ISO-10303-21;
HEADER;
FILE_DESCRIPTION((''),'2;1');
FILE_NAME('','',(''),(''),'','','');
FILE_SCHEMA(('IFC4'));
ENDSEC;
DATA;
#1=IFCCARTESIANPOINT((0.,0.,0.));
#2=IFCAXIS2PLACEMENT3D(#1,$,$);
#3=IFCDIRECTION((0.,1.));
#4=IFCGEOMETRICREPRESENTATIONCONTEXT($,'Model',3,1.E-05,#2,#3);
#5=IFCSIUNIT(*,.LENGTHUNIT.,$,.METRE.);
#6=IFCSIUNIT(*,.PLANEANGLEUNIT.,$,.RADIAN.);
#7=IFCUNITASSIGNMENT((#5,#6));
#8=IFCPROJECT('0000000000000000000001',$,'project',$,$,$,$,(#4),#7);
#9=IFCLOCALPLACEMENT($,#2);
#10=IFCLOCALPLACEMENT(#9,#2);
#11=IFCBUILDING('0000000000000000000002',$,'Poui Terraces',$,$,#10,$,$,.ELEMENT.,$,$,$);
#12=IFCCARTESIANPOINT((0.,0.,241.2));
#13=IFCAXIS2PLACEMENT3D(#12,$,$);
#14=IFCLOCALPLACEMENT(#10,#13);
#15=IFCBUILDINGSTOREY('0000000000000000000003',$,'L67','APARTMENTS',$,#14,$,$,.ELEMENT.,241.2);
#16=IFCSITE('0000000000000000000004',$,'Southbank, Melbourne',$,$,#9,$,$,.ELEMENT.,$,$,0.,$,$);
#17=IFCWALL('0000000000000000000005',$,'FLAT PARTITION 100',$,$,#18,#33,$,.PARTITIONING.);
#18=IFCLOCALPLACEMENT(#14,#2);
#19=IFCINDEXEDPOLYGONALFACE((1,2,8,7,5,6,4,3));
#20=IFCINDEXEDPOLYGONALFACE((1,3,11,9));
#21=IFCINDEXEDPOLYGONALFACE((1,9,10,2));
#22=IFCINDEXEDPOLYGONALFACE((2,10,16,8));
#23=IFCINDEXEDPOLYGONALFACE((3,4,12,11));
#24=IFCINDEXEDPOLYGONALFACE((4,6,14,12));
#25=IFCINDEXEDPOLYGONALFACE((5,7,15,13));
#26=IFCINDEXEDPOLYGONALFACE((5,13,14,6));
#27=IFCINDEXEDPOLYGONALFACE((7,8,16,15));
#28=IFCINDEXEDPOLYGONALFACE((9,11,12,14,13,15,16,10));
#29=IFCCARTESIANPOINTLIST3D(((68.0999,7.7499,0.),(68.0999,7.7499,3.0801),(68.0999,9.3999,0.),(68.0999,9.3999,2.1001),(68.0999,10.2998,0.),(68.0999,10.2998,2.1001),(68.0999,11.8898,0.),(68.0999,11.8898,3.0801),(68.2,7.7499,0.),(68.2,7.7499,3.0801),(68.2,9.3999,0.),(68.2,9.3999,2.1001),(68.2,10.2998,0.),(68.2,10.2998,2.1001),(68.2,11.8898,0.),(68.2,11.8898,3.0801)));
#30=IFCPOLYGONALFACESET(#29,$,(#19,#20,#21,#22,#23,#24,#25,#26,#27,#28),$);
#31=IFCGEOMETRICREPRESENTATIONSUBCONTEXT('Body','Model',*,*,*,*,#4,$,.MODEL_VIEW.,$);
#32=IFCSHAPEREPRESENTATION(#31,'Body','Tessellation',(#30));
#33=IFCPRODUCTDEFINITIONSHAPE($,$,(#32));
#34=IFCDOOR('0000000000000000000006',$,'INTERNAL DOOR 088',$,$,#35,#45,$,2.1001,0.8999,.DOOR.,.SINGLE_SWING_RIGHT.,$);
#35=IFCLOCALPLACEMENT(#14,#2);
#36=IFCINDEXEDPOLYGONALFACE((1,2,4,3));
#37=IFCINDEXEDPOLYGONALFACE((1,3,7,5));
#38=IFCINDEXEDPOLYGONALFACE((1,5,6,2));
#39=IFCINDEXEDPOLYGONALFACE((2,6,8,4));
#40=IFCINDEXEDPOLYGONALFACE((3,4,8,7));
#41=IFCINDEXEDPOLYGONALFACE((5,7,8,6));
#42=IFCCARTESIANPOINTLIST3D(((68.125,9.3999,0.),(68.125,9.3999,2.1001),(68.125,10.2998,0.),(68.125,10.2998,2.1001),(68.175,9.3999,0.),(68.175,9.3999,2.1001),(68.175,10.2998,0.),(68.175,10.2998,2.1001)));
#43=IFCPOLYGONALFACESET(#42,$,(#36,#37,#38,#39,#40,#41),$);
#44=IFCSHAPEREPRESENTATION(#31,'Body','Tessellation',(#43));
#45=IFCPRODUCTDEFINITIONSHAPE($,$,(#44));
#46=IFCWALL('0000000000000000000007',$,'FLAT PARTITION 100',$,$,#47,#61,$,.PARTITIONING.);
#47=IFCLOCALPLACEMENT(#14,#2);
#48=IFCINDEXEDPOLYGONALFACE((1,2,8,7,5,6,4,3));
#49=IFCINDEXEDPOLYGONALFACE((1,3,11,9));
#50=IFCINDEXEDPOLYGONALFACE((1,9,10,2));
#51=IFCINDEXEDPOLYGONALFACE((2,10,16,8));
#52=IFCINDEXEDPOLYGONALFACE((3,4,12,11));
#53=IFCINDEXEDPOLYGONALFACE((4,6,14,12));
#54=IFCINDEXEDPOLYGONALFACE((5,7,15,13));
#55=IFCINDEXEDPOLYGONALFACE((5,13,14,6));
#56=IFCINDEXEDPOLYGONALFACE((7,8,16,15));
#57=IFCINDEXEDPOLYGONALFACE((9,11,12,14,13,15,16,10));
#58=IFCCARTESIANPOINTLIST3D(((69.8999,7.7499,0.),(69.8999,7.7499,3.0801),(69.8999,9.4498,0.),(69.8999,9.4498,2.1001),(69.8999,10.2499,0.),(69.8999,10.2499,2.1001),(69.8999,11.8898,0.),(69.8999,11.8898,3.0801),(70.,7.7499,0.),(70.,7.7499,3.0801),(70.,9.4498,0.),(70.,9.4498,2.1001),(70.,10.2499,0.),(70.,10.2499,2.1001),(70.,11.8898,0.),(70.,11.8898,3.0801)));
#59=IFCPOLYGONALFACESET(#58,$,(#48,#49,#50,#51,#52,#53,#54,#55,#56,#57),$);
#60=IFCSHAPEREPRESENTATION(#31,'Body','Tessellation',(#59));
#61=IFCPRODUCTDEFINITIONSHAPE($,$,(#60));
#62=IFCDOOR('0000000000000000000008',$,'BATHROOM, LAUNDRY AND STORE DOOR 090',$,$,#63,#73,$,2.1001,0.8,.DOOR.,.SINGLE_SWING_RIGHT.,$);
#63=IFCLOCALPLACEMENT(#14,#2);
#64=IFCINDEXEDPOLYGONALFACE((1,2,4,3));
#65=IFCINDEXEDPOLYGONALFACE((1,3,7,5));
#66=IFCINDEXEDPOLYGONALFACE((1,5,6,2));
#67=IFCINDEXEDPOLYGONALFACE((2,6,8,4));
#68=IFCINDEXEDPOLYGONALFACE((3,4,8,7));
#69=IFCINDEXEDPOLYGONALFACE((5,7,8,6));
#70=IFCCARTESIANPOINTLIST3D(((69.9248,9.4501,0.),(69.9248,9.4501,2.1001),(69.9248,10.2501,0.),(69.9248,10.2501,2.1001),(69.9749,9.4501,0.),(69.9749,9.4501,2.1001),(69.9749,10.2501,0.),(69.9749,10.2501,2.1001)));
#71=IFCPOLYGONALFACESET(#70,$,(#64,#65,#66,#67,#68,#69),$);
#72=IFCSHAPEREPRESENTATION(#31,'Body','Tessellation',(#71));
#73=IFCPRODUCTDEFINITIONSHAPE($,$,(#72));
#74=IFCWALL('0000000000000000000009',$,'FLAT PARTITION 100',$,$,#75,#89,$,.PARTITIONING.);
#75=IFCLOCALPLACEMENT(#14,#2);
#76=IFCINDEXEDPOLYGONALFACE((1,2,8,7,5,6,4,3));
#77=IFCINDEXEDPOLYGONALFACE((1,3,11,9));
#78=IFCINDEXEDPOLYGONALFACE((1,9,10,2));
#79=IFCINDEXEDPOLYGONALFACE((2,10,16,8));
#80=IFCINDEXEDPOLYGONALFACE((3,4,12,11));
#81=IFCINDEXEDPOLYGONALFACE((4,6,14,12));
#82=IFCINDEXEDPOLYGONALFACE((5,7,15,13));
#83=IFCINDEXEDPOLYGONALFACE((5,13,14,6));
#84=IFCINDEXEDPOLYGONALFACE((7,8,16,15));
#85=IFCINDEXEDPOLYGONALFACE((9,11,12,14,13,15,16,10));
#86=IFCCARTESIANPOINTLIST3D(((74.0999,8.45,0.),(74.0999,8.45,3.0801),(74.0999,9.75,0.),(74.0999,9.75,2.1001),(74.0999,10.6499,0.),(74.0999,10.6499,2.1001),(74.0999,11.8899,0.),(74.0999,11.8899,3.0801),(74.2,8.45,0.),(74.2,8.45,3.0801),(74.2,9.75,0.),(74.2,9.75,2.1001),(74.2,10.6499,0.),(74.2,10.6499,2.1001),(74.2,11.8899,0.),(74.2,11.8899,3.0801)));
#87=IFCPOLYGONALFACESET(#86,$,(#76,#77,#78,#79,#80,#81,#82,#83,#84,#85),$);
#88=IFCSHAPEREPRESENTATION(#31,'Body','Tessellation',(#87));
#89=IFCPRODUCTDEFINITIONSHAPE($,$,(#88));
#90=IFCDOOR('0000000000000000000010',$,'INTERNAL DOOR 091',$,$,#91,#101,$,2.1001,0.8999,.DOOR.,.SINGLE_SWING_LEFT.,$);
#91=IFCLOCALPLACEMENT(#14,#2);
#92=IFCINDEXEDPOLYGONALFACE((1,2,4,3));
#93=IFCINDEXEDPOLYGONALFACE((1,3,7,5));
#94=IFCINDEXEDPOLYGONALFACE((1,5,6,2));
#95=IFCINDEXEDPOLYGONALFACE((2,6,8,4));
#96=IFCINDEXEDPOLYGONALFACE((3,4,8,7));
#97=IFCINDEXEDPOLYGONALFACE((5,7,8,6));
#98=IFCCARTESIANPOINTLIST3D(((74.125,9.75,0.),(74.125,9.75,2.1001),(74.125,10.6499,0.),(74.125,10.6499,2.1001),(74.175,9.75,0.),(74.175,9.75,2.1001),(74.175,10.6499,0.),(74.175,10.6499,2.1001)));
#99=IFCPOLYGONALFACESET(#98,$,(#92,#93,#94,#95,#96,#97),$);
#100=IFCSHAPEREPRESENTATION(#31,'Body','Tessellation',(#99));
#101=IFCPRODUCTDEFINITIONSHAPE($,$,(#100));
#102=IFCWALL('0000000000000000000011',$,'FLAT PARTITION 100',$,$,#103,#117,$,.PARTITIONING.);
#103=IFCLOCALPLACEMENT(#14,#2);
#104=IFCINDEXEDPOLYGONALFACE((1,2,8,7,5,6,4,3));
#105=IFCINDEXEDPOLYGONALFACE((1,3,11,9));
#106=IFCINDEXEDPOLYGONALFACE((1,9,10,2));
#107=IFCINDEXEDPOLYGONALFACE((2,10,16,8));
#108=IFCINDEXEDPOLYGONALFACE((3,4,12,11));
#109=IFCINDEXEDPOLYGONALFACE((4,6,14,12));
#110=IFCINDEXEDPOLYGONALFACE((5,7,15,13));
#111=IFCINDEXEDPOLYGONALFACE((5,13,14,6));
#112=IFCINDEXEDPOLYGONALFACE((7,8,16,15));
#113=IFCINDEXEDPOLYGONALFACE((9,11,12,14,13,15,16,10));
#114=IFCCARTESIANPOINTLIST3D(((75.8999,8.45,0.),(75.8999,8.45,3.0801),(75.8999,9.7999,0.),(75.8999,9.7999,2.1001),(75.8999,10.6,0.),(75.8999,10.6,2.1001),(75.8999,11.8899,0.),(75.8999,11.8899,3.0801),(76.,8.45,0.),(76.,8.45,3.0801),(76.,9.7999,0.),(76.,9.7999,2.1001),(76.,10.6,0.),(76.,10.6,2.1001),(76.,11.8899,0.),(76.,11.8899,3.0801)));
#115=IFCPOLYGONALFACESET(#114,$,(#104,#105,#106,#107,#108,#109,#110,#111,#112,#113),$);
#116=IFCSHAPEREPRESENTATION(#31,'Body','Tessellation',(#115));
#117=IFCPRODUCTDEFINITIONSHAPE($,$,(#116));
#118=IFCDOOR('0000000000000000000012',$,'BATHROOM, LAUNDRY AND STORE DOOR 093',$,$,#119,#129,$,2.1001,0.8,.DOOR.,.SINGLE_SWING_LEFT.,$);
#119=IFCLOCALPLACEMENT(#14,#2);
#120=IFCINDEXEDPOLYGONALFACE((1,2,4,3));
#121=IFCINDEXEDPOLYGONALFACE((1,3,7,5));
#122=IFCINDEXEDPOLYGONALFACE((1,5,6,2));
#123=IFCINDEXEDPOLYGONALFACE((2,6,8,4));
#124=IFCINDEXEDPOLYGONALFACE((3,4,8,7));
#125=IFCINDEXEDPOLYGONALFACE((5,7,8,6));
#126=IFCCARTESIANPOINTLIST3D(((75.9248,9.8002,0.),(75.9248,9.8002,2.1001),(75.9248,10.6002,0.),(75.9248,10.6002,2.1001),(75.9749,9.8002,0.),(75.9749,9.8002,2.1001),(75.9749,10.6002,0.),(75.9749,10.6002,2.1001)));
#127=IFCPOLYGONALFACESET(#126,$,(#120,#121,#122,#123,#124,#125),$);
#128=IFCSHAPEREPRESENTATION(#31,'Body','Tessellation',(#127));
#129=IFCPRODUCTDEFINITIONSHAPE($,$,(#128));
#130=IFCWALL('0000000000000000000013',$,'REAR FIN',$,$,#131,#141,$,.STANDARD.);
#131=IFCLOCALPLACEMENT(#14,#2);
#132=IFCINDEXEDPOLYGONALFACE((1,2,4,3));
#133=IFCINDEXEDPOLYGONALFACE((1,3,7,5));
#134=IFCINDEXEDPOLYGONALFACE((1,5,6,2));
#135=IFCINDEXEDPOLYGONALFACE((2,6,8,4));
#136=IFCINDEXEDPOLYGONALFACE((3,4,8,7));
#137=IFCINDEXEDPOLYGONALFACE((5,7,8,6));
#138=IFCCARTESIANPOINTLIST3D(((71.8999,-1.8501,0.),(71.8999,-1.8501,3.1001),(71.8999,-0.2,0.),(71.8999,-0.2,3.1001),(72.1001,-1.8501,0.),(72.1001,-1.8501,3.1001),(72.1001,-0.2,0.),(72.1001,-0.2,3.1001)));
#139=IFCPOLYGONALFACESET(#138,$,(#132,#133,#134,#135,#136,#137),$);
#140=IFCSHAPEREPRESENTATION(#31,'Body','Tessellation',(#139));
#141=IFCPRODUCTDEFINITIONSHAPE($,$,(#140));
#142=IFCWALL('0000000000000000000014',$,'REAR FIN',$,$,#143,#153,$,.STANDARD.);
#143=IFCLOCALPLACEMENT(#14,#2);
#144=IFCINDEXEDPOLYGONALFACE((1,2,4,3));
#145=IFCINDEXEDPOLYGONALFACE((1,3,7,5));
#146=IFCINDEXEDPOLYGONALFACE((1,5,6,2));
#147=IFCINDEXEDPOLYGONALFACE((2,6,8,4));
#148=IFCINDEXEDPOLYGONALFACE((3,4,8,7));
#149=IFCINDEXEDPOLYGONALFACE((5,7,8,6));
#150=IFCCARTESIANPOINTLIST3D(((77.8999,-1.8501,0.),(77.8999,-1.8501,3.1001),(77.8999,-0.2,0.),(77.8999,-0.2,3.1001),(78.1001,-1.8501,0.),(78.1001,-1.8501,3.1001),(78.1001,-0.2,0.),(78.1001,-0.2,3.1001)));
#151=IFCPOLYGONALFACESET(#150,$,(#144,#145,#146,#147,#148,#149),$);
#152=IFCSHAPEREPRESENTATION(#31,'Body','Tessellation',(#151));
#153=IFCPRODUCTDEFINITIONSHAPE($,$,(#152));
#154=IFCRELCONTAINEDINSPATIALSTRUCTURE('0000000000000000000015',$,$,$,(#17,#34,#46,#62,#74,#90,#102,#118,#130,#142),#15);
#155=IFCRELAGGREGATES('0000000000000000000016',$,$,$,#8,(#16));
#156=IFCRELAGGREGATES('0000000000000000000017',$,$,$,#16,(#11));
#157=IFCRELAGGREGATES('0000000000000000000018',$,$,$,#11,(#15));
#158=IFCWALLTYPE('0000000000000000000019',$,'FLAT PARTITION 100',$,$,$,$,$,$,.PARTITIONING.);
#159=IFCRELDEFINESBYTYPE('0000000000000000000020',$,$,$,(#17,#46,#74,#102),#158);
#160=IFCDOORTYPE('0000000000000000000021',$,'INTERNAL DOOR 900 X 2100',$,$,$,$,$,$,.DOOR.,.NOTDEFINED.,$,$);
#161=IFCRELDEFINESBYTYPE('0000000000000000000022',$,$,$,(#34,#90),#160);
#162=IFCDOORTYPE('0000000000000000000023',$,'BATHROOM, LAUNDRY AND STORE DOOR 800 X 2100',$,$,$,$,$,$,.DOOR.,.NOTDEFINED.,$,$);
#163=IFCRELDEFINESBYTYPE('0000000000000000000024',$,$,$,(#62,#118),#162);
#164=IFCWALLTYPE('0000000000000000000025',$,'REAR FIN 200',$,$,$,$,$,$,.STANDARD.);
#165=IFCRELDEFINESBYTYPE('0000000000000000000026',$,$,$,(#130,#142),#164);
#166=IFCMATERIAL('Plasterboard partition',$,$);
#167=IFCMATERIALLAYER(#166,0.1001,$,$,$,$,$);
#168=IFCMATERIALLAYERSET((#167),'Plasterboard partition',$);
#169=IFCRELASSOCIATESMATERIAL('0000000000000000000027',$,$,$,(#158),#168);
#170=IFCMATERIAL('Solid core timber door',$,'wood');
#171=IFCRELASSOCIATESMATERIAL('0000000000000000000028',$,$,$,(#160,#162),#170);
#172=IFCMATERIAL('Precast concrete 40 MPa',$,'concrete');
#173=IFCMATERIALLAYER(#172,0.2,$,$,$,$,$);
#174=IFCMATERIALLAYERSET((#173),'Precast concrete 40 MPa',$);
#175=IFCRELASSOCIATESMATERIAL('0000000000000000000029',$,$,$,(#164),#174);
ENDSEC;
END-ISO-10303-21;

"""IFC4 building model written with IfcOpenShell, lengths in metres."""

from ifc_helpers import new_model, si_unit, direction, frame, frame_2d, origin, place, context, subcontext, project, spatial, polyline, rectangle, outline, extrude, source, transform, mapped, material, layer, layer_set, type_object, element, fill, save


model = new_model("IFC4")

# Units and contexts
model_context = context("Model", 3, precision=1e-05, world=origin(), true_north=direction((0.0, 1.0)))
body_context = subcontext(model_context, "Body", "Model", "MODEL_VIEW")
ifc_project = project(units=[si_unit("LENGTHUNIT", "METRE"), si_unit("PLANEANGLEUNIT", "RADIAN")], contexts=[model_context])

# Site, building, storey
site_placement = place(None, origin())
site = spatial("IfcSite", under=ifc_project, at=site_placement, Name="Southbank, Melbourne", CompositionType="ELEMENT", RefElevation=0.0)
building_placement = place(site_placement, origin())
building = spatial("IfcBuilding", under=site, at=building_placement, Name="Poui Terraces", CompositionType="ELEMENT")
storey_placement = place(building_placement, frame((0.0, 0.0, 241.2)))
storey = spatial("IfcBuildingStorey", under=building, at=storey_placement, Name="L67", Description="APARTMENTS", CompositionType="ELEMENT", Elevation=241.2)

# Shared definitions
ifc_material_1 = material(Name="Precast concrete 40 MPa", Category="concrete")

# Shared definitions
ifc_material_2 = material(Name="Plasterboard partition")
ifc_layer_1 = layer(ifc_material_2, 0.1001)
ifc_layer_set_1 = layer_set([ifc_layer_1], Name="Plasterboard partition")
wall_type_1 = type_object("IfcWallType", Name="FLAT PARTITION 100", PredefinedType="PARTITIONING", material=ifc_layer_set_1)

# Walls, openings, doors
wall_1_placement = place(storey_placement, frame((68.1499, 7.75, 0.0), z_axis=(0.0, 0.0, 1.0), x_axis=(0.0, 1.0, 0.0)))
wall_1 = element("IfcWall", 1, at=wall_1_placement, inside=storey, type_object=wall_type_1, Name="FLAT PARTITION 100", PredefinedType="PARTITIONING", context=body_context, shape_type="SweptSolid", body=[
    extrude(rectangle(XDim=4.1399, YDim=0.1001, at=frame_2d((2.0698, 0.0))), origin(), (0.0, 0.0, 1.0), 3.0801),
])
opening_1_placement = place(wall_1_placement, frame((1.6499, 0.0, 0.0)))
opening_1 = element("IfcOpeningElement", 2, at=opening_1_placement, cuts=wall_1, PredefinedType="OPENING", context=body_context, shape_type="SweptSolid", body=[
    extrude(rectangle(XDim=0.8999, YDim=2.1001, at=frame_2d((0.45, 1.05))), frame((0.0, 0.0601, 0.0), z_axis=(0.0, -1.0, 0.0), x_axis=(1.0, 0.0, 0.0)), (0.0, 0.0, 1.0), 0.1201),
])
ifc_material_3 = material(Name="Solid core timber door", Category="wood")
door_type_1 = type_object("IfcDoorType", Name="INTERNAL DOOR 900 X 2100", OperationType="NOTDEFINED", PredefinedType="DOOR", material=ifc_material_3)
door_1_placement = place(opening_1_placement, origin())
door_1 = element("IfcDoor", 3, at=door_1_placement, inside=storey, type_object=door_type_1, Name="INTERNAL DOOR 088", OperationType="SINGLE_SWING_RIGHT", OverallHeight=2.1001, OverallWidth=0.8999, PredefinedType="DOOR", context=body_context, shape_type="SweptSolid", body=[
    extrude(rectangle(XDim=0.8999, YDim=2.1001, at=frame_2d((0.45, 1.05))), frame((0.0, 0.0249, 0.0), z_axis=(0.0, -1.0, 0.0), x_axis=(1.0, 0.0, 0.0)), (0.0, 0.0, 1.0), 0.05),
])
fill(opening_1, door_1)
wall_2_placement = place(storey_placement, frame((69.95, 7.75, 0.0), z_axis=(0.0, 0.0, 1.0), x_axis=(0.0, 1.0, 0.0)))
wall_2 = element("IfcWall", 4, at=wall_2_placement, inside=storey, type_object=wall_type_1, Name="FLAT PARTITION 100", PredefinedType="PARTITIONING", context=body_context, shape_type="SweptSolid", body=[
    extrude(rectangle(XDim=4.1399, YDim=0.1001, at=frame_2d((2.0698, 0.0))), origin(), (0.0, 0.0, 1.0), 3.0801),
])
opening_2_placement = place(wall_2_placement, frame((1.7, 0.0, 0.0)))
opening_2 = element("IfcOpeningElement", 5, at=opening_2_placement, cuts=wall_2, PredefinedType="OPENING", context=body_context, shape_type="SweptSolid", body=[
    extrude(rectangle(XDim=0.8, YDim=2.1001, at=frame_2d((0.3999, 1.05))), frame((0.0, 0.0601, 0.0), z_axis=(0.0, -1.0, 0.0), x_axis=(1.0, 0.0, 0.0)), (0.0, 0.0, 1.0), 0.1201),
])
door_type_2 = type_object("IfcDoorType", Name="BATHROOM, LAUNDRY AND STORE DOOR 800 X 2100", OperationType="NOTDEFINED", PredefinedType="DOOR", material=ifc_material_3)
door_2_placement = place(opening_2_placement, frame((0.8, 0.0, 0.0), z_axis=(0.0, 0.0, 1.0), x_axis=(-1.0, 0.0, 0.0)))
door_2 = element("IfcDoor", 6, at=door_2_placement, inside=storey, type_object=door_type_2, Name="BATHROOM, LAUNDRY AND STORE DOOR 090", OperationType="SINGLE_SWING_RIGHT", OverallHeight=2.1001, OverallWidth=0.8, PredefinedType="DOOR", context=body_context, shape_type="SweptSolid", body=[
    extrude(rectangle(XDim=0.8, YDim=2.1001, at=frame_2d((0.3999, 1.05))), frame((0.0, 0.0249, 0.0), z_axis=(0.0, -1.0, 0.0), x_axis=(1.0, 0.0, 0.0)), (0.0, 0.0, 1.0), 0.05),
])
fill(opening_2, door_2)
wall_3_placement = place(storey_placement, frame((74.1499, 8.45, 0.0), z_axis=(0.0, 0.0, 1.0), x_axis=(0.0, 1.0, 0.0)))
wall_3 = element("IfcWall", 7, at=wall_3_placement, inside=storey, type_object=wall_type_1, Name="FLAT PARTITION 100", PredefinedType="PARTITIONING", context=body_context, shape_type="SweptSolid", body=[
    extrude(rectangle(XDim=3.4399, YDim=0.1001, at=frame_2d((1.72, 0.0))), origin(), (0.0, 0.0, 1.0), 3.0801),
])
opening_3_placement = place(wall_3_placement, frame((1.3, 0.0, 0.0)))
opening_3 = element("IfcOpeningElement", 8, at=opening_3_placement, cuts=wall_3, PredefinedType="OPENING", context=body_context, shape_type="SweptSolid", body=[
    extrude(rectangle(XDim=0.8999, YDim=2.1001, at=frame_2d((0.45, 1.05))), frame((0.0, 0.0601, 0.0), z_axis=(0.0, -1.0, 0.0), x_axis=(1.0, 0.0, 0.0)), (0.0, 0.0, 1.0), 0.1201),
])
door_3_placement = place(opening_3_placement, origin())
door_3 = element("IfcDoor", 9, at=door_3_placement, inside=storey, type_object=door_type_1, Name="INTERNAL DOOR 091", OperationType="SINGLE_SWING_LEFT", OverallHeight=2.1001, OverallWidth=0.8999, PredefinedType="DOOR", context=body_context, shape_type="SweptSolid", body=[
    extrude(rectangle(XDim=0.8999, YDim=2.1001, at=frame_2d((0.45, 1.05))), frame((0.0, 0.0249, 0.0), z_axis=(0.0, -1.0, 0.0), x_axis=(1.0, 0.0, 0.0)), (0.0, 0.0, 1.0), 0.05),
])
fill(opening_3, door_3)
wall_4_placement = place(storey_placement, frame((75.95, 8.45, 0.0), z_axis=(0.0, 0.0, 1.0), x_axis=(0.0, 1.0, 0.0)))
wall_4 = element("IfcWall", 10, at=wall_4_placement, inside=storey, type_object=wall_type_1, Name="FLAT PARTITION 100", PredefinedType="PARTITIONING", context=body_context, shape_type="SweptSolid", body=[
    extrude(rectangle(XDim=3.4399, YDim=0.1001, at=frame_2d((1.72, 0.0))), origin(), (0.0, 0.0, 1.0), 3.0801),
])
opening_4_placement = place(wall_4_placement, frame((1.3501, 0.0, 0.0)))
opening_4 = element("IfcOpeningElement", 11, at=opening_4_placement, cuts=wall_4, PredefinedType="OPENING", context=body_context, shape_type="SweptSolid", body=[
    extrude(rectangle(XDim=0.8, YDim=2.1001, at=frame_2d((0.3999, 1.05))), frame((0.0, 0.0601, 0.0), z_axis=(0.0, -1.0, 0.0), x_axis=(1.0, 0.0, 0.0)), (0.0, 0.0, 1.0), 0.1201),
])
door_4_placement = place(opening_4_placement, frame((0.8, 0.0, 0.0), z_axis=(0.0, 0.0, 1.0), x_axis=(-1.0, 0.0, 0.0)))
door_4 = element("IfcDoor", 12, at=door_4_placement, inside=storey, type_object=door_type_2, Name="BATHROOM, LAUNDRY AND STORE DOOR 093", OperationType="SINGLE_SWING_LEFT", OverallHeight=2.1001, OverallWidth=0.8, PredefinedType="DOOR", context=body_context, shape_type="SweptSolid", body=[
    extrude(rectangle(XDim=0.8, YDim=2.1001, at=frame_2d((0.3999, 1.05))), frame((0.0, 0.0249, 0.0), z_axis=(0.0, -1.0, 0.0), x_axis=(1.0, 0.0, 0.0)), (0.0, 0.0, 1.0), 0.05),
])
fill(opening_4, door_4)

# Walls
ifc_layer_2 = layer(ifc_material_1, 0.2)
ifc_layer_set_2 = layer_set([ifc_layer_2], Name="Precast concrete 40 MPa")
wall_type_2 = type_object("IfcWallType", Name="REAR FIN 200", PredefinedType="STANDARD", material=ifc_layer_set_2)
shared_shape_1 = source(origin(), body_context, "Body", "SweptSolid", [
    extrude(outline(polyline([(0.0, 0.0), (0.2002, 0.0), (0.2002, 1.6501), (0.0, 1.6501), (0.0, 0.0)])), origin(), (0.0, 0.0, 1.0), 3.1001),
])
for number, where, name in (
    (13, (71.8999, -1.8501, 0.0), "REAR FIN"),
    (14, (77.8999, -1.8501, 0.0), "REAR FIN"),
):
    element("IfcWall", number, at=place(storey_placement, frame(where)), inside=storey, type_object=wall_type_2, Name=name, PredefinedType="STANDARD", context=body_context, shape_type="MappedRepresentation", body=[
        mapped(shared_shape_1, transform((0.0, 0.0, 0.0))),
    ])

save(model, "model.ifc")
